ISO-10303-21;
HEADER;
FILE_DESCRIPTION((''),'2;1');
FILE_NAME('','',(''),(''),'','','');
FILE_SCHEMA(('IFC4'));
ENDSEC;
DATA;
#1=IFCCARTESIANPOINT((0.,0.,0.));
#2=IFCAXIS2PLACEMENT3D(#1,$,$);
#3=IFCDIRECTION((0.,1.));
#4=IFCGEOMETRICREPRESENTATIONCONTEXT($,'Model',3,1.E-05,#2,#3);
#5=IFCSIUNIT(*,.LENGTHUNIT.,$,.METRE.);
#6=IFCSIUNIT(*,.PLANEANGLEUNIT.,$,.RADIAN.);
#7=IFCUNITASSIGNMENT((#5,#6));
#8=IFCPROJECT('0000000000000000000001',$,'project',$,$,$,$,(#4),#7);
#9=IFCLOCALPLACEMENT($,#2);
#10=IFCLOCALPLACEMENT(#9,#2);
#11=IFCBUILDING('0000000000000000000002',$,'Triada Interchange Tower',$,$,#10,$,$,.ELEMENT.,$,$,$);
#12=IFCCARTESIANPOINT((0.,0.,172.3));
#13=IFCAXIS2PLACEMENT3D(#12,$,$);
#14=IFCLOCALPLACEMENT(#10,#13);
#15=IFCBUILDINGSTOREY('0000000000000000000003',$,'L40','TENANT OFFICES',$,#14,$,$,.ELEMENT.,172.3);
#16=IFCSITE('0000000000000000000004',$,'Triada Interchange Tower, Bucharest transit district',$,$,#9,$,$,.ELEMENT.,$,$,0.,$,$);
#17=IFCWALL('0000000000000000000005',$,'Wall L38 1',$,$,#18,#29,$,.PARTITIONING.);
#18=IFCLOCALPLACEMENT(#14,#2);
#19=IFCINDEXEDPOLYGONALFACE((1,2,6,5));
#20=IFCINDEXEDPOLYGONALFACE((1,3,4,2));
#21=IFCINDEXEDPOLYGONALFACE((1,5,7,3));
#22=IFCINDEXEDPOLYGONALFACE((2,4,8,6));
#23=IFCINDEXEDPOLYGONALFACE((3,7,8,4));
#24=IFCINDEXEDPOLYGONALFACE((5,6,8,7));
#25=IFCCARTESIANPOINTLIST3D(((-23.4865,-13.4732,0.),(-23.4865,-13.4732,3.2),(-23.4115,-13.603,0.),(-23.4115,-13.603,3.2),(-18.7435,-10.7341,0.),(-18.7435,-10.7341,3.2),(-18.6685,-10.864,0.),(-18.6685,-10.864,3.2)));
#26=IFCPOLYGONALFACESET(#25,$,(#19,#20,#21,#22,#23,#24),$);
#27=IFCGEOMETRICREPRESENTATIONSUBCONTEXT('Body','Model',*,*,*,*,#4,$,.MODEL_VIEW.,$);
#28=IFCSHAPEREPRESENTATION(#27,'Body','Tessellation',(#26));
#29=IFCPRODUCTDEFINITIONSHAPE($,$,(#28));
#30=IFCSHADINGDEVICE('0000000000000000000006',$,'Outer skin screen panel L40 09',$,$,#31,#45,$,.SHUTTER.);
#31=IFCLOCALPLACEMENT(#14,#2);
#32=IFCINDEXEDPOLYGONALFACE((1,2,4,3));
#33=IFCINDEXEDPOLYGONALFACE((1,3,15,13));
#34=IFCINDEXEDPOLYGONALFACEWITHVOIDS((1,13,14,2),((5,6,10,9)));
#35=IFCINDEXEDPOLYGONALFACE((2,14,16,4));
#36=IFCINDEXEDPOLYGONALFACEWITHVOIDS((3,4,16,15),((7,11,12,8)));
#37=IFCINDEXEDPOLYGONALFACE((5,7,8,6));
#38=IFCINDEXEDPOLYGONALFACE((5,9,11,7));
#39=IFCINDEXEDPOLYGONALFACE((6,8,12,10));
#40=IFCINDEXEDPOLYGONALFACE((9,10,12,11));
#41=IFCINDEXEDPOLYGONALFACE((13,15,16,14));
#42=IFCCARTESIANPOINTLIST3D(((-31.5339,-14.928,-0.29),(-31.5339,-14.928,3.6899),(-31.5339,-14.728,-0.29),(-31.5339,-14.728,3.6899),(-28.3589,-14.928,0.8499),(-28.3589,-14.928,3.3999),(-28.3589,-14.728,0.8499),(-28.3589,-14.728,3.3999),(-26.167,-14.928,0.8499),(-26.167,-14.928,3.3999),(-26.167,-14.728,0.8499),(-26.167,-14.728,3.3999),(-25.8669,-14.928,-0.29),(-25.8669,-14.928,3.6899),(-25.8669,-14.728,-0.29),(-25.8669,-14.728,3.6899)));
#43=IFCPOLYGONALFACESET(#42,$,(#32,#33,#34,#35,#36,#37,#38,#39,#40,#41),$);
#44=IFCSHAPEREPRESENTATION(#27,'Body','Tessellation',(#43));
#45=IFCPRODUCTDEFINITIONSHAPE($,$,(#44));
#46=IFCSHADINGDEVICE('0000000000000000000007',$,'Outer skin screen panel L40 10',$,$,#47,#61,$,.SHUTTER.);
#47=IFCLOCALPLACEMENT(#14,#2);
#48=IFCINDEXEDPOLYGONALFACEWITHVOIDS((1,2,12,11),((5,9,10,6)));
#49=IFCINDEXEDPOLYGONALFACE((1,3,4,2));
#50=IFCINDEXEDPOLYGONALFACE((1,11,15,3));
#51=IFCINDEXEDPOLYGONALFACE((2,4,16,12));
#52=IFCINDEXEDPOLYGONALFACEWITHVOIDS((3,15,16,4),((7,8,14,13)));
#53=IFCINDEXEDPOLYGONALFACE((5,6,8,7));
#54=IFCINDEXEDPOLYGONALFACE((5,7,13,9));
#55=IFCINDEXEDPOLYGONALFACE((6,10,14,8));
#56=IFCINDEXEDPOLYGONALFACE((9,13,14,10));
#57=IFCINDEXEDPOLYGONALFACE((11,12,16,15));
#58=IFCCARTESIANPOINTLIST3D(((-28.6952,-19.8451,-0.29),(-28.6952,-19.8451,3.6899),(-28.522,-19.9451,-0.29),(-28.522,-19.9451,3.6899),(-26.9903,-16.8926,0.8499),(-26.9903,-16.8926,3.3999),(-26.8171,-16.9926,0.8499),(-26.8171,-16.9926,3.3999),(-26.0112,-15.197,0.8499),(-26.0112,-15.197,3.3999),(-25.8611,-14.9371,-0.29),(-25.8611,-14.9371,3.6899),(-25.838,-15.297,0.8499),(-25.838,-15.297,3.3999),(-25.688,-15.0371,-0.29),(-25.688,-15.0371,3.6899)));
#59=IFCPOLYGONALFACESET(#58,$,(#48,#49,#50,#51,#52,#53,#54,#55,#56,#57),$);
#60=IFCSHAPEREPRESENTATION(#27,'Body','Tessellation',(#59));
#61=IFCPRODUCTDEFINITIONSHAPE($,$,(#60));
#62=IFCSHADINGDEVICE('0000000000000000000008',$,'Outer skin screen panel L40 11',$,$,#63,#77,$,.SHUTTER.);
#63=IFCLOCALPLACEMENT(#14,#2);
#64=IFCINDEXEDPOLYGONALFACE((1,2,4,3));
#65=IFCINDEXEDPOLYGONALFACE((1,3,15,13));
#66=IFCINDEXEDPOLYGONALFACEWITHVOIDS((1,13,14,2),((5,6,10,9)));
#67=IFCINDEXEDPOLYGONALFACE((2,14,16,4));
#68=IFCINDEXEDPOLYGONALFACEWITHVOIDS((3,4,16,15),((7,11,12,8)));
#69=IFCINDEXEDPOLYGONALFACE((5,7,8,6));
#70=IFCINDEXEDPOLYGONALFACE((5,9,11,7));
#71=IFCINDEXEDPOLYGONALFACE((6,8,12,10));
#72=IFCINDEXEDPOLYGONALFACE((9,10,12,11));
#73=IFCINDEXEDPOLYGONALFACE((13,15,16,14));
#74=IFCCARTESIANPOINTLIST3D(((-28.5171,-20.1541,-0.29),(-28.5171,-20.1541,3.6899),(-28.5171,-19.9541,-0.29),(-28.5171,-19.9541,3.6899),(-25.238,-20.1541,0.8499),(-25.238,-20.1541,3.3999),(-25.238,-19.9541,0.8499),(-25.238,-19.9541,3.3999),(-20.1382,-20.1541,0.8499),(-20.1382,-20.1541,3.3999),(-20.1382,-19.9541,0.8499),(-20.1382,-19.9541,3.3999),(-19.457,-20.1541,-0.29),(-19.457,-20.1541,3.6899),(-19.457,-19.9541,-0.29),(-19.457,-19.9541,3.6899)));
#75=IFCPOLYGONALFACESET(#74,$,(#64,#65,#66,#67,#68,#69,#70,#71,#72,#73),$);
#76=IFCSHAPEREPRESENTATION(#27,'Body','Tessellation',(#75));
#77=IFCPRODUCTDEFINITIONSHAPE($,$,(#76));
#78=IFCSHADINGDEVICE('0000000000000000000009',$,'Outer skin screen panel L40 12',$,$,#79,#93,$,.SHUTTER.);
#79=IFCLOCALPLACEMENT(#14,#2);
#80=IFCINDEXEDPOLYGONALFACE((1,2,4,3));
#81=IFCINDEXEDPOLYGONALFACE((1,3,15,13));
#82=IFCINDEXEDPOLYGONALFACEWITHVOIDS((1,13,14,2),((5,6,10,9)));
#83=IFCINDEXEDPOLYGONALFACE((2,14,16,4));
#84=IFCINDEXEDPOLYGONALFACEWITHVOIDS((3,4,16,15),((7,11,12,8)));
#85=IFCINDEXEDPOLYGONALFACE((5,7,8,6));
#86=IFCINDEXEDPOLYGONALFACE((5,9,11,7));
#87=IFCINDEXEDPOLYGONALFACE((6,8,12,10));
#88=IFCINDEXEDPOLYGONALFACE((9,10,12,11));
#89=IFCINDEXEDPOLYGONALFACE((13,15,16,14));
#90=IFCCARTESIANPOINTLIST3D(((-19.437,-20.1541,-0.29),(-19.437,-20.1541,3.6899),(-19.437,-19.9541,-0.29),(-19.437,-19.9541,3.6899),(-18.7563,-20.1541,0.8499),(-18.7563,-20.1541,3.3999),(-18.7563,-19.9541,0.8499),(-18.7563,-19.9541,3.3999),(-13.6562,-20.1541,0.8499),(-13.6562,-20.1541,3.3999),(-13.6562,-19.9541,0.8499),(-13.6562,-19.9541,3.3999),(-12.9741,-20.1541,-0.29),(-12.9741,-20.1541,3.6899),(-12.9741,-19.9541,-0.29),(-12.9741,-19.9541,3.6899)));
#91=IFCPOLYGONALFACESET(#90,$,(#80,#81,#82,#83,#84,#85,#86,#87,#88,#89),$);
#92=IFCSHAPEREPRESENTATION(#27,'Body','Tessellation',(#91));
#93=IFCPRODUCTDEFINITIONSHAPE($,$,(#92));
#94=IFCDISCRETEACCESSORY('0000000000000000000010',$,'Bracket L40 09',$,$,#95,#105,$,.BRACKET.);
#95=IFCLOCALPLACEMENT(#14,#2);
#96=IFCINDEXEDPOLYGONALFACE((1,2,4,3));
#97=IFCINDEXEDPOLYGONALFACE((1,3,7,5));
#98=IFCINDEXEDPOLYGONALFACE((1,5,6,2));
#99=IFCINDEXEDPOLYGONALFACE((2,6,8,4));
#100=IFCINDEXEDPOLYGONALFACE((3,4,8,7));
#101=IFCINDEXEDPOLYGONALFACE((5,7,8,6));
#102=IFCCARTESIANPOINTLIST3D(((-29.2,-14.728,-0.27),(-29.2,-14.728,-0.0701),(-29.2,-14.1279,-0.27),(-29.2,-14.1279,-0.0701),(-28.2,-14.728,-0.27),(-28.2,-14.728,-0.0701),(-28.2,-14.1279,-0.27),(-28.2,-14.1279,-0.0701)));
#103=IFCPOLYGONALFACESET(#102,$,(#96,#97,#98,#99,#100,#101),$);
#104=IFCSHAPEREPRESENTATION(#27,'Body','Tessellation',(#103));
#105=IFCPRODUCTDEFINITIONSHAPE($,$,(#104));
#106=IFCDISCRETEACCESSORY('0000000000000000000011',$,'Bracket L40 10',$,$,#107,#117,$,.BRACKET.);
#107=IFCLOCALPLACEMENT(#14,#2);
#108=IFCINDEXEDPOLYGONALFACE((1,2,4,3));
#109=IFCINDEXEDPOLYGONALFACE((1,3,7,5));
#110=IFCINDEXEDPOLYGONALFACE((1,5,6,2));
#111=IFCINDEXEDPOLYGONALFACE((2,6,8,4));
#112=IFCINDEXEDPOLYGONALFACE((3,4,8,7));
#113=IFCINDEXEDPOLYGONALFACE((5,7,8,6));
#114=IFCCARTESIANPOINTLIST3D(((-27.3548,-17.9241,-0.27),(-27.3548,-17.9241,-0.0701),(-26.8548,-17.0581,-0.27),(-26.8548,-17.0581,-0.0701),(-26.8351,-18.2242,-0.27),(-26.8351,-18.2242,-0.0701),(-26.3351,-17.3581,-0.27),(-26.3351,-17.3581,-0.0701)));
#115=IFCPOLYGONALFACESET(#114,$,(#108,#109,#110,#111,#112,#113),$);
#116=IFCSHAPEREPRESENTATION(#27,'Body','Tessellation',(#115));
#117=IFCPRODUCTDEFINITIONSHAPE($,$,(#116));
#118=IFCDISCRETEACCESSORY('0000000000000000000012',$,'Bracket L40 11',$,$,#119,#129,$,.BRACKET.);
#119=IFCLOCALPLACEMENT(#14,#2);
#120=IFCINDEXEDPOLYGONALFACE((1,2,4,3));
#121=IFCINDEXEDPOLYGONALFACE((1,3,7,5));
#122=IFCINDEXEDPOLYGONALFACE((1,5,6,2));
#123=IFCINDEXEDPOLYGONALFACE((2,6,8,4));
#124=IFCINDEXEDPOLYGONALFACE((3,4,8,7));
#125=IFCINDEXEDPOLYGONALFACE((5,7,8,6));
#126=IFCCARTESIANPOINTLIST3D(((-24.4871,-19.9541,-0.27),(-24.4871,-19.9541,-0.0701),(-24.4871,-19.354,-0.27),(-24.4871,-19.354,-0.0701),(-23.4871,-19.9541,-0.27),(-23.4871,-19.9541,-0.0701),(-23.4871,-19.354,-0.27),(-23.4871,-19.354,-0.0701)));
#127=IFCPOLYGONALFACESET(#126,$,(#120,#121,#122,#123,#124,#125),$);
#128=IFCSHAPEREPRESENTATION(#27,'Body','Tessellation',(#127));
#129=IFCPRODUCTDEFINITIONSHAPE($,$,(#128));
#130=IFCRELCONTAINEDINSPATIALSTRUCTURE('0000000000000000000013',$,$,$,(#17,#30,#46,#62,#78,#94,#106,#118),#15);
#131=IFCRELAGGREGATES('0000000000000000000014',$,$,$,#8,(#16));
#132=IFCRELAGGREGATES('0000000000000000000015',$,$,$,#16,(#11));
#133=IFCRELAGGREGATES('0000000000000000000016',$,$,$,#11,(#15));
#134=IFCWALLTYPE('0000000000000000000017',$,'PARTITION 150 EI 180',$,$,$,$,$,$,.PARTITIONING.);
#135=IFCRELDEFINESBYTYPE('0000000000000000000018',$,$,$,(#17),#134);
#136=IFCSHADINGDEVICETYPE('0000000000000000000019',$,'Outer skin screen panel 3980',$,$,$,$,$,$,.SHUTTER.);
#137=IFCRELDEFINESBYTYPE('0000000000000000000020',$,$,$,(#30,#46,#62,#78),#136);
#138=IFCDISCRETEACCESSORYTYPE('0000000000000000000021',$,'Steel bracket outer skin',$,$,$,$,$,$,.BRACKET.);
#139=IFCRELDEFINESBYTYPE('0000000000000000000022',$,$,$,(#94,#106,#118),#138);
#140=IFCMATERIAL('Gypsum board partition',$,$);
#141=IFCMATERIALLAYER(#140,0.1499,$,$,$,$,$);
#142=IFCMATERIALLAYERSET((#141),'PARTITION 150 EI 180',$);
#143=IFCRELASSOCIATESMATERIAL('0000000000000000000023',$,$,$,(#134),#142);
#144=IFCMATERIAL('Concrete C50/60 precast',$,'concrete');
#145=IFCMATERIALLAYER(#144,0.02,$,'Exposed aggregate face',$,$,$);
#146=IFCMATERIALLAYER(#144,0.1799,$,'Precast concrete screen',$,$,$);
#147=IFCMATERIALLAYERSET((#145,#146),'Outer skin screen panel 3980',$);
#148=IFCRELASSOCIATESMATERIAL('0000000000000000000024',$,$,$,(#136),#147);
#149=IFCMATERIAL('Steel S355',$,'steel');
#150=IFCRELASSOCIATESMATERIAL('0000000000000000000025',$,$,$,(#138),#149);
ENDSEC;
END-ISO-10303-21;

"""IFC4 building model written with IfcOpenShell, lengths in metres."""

from ifc_helpers import new_model, si_unit, direction, frame, frame_2d, origin, origin_2d, place, context, subcontext, project, spatial, polyline, rectangle, outline, extrude, material, layer, layer_set, type_object, element, save


model = new_model("IFC4")

# Units and contexts
model_context = context("Model", 3, precision=1e-05, world=origin(), true_north=direction((0.0, 1.0)))
body_context = subcontext(model_context, "Body", "Model", "MODEL_VIEW")
ifc_project = project(units=[si_unit("LENGTHUNIT", "METRE"), si_unit("PLANEANGLEUNIT", "RADIAN")], contexts=[model_context])

# Site, building, storey
site_placement = place(None, origin())
site = spatial("IfcSite", under=ifc_project, at=site_placement, Name="Triada Interchange Tower, Bucharest transit district", CompositionType="ELEMENT", RefElevation=0.0)
building_placement = place(site_placement, origin())
building = spatial("IfcBuilding", under=site, at=building_placement, Name="Triada Interchange Tower", CompositionType="ELEMENT")
storey_placement = place(building_placement, frame((0.0, 0.0, 172.3)))
storey = spatial("IfcBuildingStorey", under=building, at=storey_placement, Name="L40", Description="TENANT OFFICES", CompositionType="ELEMENT", Elevation=172.3)

# Wall
ifc_material_1 = material(Name="Gypsum board partition")
ifc_layer_1 = layer(ifc_material_1, 0.1499)
ifc_layer_set_1 = layer_set([ifc_layer_1], Name="PARTITION 150 EI 180")
wall_type_1 = type_object("IfcWallType", Name="PARTITION 150 EI 180", PredefinedType="PARTITIONING", material=ifc_layer_set_1)
wall_1_placement = place(storey_placement, frame((-23.449, -13.5381, 0.0), z_axis=(0.0, 0.0, 1.0), x_axis=(0.865971, 0.500094, 0.0)))
element("IfcWall", 1, at=wall_1_placement, inside=storey, type_object=wall_type_1, Name="Wall L38 1", PredefinedType="PARTITIONING", context=body_context, shape_type="SweptSolid", body=[
    extrude(rectangle(XDim=5.4771, YDim=0.1499, at=frame_2d((2.7385, 0.0))), origin(), (0.0, 0.0, 1.0), 3.2),
])

# Shading devices
ifc_material_2 = material(Name="Concrete C50/60 precast", Category="concrete")
ifc_layer_2 = layer(ifc_material_2, 0.02, Name="Exposed aggregate face")
ifc_layer_3 = layer(ifc_material_2, 0.1799, Name="Precast concrete screen")
ifc_layer_set_2 = layer_set([ifc_layer_2, ifc_layer_3], Name="Outer skin screen panel 3980")
shading_device_type = type_object("IfcShadingDeviceType", Name="Outer skin screen panel 3980", PredefinedType="SHUTTER", material=ifc_layer_set_2)
shading_device_1_placement = place(storey_placement, frame((-31.5339, -14.728, -0.29), z_axis=(0.0, 0.0, 1.0), x_axis=(1.0, 0.0, 0.0)))
element("IfcShadingDevice", 2, at=shading_device_1_placement, inside=storey, type_object=shading_device_type, Name="Outer skin screen panel L40 09", PredefinedType="SHUTTER", context=body_context, shape_type="SweptSolid", body=[
    extrude(outline(polyline([(0.0, 0.0), (5.667, 0.0), (5.667, 3.98), (0.0, 3.98), (0.0, 0.0)]), holes=[polyline([(3.175, 1.1399), (3.175, 3.6899), (5.3669, 3.6899), (5.3669, 1.1399), (3.175, 1.1399)])]), frame((0.0, 0.0, 0.0), z_axis=(0.0, -1.0, 0.0), x_axis=(1.0, 0.0, 0.0)), (0.0, 0.0, 1.0), 0.2),
])
shading_device_2_placement = place(storey_placement, frame((-25.688, -15.0371, -0.29), z_axis=(0.0, 0.0, 1.0), x_axis=(-0.500049, -0.865997, 0.0)))
element("IfcShadingDevice", 3, at=shading_device_2_placement, inside=storey, type_object=shading_device_type, Name="Outer skin screen panel L40 10", PredefinedType="SHUTTER", context=body_context, shape_type="SweptSolid", body=[
    extrude(outline(polyline([(0.0, 0.0), (5.6675, 0.0), (5.6675, 3.98), (0.0, 3.98), (0.0, 0.0)]), holes=[polyline([(0.3, 1.1399), (0.3, 3.6899), (2.2581, 3.6899), (2.2581, 1.1399), (0.3, 1.1399)])]), frame((0.0, 0.0, 0.0), z_axis=(0.0, -1.0, 0.0), x_axis=(1.0, 0.0, 0.0)), (0.0, 0.0, 1.0), 0.2),
])
shading_device_3_placement = place(storey_placement, frame((-28.5171, -19.9541, -0.29), z_axis=(0.0, 0.0, 1.0), x_axis=(1.0, 0.0, 0.0)))
element("IfcShadingDevice", 4, at=shading_device_3_placement, inside=storey, type_object=shading_device_type, Name="Outer skin screen panel L40 11", PredefinedType="SHUTTER", context=body_context, shape_type="SweptSolid", body=[
    extrude(outline(polyline([(0.0, 0.0), (9.0601, 0.0), (9.0601, 3.98), (0.0, 3.98), (0.0, 0.0)]), holes=[polyline([(3.2791, 1.1399), (3.2791, 3.6899), (8.3789, 3.6899), (8.3789, 1.1399), (3.2791, 1.1399)])]), frame((0.0, 0.0, 0.0), z_axis=(0.0, -1.0, 0.0), x_axis=(1.0, 0.0, 0.0)), (0.0, 0.0, 1.0), 0.2),
])
shading_device_4_placement = place(storey_placement, frame((-19.437, -19.9541, -0.29), z_axis=(0.0, 0.0, 1.0), x_axis=(1.0, 0.0, 0.0)))
element("IfcShadingDevice", 5, at=shading_device_4_placement, inside=storey, type_object=shading_device_type, Name="Outer skin screen panel L40 12", PredefinedType="SHUTTER", context=body_context, shape_type="SweptSolid", body=[
    extrude(outline(polyline([(0.0, 0.0), (6.4629, 0.0), (6.4629, 3.98), (0.0, 3.98), (0.0, 0.0)]), holes=[polyline([(0.6807, 1.1399), (0.6807, 3.6899), (5.7808, 3.6899), (5.7808, 1.1399), (0.6807, 1.1399)])]), frame((0.0, 0.0, 0.0), z_axis=(0.0, -1.0, 0.0), x_axis=(1.0, 0.0, 0.0)), (0.0, 0.0, 1.0), 0.2),
])

# Discrete accessories
ifc_material_3 = material(Name="Steel S355", Category="steel")
discrete_accessory_type = type_object("IfcDiscreteAccessoryType", Name="Steel bracket outer skin", PredefinedType="BRACKET", material=ifc_material_3)
for number, where, z_axis, x_axis, name in (
    (6, (-28.7, -14.428, -0.27), (0.0, 0.0, 1.0), (0.0, -1.0, 0.0), "Bracket L40 09"),
    (7, (-26.845, -17.6411, -0.27), (0.0, 0.0, 1.0), (-0.866042, 0.499971, 0.0), "Bracket L40 10"),
    (8, (-23.9871, -19.6541, -0.27), (0.0, 0.0, 1.0), (0.0, -1.0, 0.0), "Bracket L40 11"),
):
    element("IfcDiscreteAccessory", number, at=place(storey_placement, frame(where, z_axis=z_axis, x_axis=x_axis)), inside=storey, type_object=discrete_accessory_type, Name=name, PredefinedType="BRACKET", context=body_context, shape_type="SweptSolid", body=[
        extrude(rectangle(XDim=0.6001, YDim=1.0, at=origin_2d()), origin(), (0.0, 0.0, 1.0), 0.2),
    ])

save(model, "model.ifc")
